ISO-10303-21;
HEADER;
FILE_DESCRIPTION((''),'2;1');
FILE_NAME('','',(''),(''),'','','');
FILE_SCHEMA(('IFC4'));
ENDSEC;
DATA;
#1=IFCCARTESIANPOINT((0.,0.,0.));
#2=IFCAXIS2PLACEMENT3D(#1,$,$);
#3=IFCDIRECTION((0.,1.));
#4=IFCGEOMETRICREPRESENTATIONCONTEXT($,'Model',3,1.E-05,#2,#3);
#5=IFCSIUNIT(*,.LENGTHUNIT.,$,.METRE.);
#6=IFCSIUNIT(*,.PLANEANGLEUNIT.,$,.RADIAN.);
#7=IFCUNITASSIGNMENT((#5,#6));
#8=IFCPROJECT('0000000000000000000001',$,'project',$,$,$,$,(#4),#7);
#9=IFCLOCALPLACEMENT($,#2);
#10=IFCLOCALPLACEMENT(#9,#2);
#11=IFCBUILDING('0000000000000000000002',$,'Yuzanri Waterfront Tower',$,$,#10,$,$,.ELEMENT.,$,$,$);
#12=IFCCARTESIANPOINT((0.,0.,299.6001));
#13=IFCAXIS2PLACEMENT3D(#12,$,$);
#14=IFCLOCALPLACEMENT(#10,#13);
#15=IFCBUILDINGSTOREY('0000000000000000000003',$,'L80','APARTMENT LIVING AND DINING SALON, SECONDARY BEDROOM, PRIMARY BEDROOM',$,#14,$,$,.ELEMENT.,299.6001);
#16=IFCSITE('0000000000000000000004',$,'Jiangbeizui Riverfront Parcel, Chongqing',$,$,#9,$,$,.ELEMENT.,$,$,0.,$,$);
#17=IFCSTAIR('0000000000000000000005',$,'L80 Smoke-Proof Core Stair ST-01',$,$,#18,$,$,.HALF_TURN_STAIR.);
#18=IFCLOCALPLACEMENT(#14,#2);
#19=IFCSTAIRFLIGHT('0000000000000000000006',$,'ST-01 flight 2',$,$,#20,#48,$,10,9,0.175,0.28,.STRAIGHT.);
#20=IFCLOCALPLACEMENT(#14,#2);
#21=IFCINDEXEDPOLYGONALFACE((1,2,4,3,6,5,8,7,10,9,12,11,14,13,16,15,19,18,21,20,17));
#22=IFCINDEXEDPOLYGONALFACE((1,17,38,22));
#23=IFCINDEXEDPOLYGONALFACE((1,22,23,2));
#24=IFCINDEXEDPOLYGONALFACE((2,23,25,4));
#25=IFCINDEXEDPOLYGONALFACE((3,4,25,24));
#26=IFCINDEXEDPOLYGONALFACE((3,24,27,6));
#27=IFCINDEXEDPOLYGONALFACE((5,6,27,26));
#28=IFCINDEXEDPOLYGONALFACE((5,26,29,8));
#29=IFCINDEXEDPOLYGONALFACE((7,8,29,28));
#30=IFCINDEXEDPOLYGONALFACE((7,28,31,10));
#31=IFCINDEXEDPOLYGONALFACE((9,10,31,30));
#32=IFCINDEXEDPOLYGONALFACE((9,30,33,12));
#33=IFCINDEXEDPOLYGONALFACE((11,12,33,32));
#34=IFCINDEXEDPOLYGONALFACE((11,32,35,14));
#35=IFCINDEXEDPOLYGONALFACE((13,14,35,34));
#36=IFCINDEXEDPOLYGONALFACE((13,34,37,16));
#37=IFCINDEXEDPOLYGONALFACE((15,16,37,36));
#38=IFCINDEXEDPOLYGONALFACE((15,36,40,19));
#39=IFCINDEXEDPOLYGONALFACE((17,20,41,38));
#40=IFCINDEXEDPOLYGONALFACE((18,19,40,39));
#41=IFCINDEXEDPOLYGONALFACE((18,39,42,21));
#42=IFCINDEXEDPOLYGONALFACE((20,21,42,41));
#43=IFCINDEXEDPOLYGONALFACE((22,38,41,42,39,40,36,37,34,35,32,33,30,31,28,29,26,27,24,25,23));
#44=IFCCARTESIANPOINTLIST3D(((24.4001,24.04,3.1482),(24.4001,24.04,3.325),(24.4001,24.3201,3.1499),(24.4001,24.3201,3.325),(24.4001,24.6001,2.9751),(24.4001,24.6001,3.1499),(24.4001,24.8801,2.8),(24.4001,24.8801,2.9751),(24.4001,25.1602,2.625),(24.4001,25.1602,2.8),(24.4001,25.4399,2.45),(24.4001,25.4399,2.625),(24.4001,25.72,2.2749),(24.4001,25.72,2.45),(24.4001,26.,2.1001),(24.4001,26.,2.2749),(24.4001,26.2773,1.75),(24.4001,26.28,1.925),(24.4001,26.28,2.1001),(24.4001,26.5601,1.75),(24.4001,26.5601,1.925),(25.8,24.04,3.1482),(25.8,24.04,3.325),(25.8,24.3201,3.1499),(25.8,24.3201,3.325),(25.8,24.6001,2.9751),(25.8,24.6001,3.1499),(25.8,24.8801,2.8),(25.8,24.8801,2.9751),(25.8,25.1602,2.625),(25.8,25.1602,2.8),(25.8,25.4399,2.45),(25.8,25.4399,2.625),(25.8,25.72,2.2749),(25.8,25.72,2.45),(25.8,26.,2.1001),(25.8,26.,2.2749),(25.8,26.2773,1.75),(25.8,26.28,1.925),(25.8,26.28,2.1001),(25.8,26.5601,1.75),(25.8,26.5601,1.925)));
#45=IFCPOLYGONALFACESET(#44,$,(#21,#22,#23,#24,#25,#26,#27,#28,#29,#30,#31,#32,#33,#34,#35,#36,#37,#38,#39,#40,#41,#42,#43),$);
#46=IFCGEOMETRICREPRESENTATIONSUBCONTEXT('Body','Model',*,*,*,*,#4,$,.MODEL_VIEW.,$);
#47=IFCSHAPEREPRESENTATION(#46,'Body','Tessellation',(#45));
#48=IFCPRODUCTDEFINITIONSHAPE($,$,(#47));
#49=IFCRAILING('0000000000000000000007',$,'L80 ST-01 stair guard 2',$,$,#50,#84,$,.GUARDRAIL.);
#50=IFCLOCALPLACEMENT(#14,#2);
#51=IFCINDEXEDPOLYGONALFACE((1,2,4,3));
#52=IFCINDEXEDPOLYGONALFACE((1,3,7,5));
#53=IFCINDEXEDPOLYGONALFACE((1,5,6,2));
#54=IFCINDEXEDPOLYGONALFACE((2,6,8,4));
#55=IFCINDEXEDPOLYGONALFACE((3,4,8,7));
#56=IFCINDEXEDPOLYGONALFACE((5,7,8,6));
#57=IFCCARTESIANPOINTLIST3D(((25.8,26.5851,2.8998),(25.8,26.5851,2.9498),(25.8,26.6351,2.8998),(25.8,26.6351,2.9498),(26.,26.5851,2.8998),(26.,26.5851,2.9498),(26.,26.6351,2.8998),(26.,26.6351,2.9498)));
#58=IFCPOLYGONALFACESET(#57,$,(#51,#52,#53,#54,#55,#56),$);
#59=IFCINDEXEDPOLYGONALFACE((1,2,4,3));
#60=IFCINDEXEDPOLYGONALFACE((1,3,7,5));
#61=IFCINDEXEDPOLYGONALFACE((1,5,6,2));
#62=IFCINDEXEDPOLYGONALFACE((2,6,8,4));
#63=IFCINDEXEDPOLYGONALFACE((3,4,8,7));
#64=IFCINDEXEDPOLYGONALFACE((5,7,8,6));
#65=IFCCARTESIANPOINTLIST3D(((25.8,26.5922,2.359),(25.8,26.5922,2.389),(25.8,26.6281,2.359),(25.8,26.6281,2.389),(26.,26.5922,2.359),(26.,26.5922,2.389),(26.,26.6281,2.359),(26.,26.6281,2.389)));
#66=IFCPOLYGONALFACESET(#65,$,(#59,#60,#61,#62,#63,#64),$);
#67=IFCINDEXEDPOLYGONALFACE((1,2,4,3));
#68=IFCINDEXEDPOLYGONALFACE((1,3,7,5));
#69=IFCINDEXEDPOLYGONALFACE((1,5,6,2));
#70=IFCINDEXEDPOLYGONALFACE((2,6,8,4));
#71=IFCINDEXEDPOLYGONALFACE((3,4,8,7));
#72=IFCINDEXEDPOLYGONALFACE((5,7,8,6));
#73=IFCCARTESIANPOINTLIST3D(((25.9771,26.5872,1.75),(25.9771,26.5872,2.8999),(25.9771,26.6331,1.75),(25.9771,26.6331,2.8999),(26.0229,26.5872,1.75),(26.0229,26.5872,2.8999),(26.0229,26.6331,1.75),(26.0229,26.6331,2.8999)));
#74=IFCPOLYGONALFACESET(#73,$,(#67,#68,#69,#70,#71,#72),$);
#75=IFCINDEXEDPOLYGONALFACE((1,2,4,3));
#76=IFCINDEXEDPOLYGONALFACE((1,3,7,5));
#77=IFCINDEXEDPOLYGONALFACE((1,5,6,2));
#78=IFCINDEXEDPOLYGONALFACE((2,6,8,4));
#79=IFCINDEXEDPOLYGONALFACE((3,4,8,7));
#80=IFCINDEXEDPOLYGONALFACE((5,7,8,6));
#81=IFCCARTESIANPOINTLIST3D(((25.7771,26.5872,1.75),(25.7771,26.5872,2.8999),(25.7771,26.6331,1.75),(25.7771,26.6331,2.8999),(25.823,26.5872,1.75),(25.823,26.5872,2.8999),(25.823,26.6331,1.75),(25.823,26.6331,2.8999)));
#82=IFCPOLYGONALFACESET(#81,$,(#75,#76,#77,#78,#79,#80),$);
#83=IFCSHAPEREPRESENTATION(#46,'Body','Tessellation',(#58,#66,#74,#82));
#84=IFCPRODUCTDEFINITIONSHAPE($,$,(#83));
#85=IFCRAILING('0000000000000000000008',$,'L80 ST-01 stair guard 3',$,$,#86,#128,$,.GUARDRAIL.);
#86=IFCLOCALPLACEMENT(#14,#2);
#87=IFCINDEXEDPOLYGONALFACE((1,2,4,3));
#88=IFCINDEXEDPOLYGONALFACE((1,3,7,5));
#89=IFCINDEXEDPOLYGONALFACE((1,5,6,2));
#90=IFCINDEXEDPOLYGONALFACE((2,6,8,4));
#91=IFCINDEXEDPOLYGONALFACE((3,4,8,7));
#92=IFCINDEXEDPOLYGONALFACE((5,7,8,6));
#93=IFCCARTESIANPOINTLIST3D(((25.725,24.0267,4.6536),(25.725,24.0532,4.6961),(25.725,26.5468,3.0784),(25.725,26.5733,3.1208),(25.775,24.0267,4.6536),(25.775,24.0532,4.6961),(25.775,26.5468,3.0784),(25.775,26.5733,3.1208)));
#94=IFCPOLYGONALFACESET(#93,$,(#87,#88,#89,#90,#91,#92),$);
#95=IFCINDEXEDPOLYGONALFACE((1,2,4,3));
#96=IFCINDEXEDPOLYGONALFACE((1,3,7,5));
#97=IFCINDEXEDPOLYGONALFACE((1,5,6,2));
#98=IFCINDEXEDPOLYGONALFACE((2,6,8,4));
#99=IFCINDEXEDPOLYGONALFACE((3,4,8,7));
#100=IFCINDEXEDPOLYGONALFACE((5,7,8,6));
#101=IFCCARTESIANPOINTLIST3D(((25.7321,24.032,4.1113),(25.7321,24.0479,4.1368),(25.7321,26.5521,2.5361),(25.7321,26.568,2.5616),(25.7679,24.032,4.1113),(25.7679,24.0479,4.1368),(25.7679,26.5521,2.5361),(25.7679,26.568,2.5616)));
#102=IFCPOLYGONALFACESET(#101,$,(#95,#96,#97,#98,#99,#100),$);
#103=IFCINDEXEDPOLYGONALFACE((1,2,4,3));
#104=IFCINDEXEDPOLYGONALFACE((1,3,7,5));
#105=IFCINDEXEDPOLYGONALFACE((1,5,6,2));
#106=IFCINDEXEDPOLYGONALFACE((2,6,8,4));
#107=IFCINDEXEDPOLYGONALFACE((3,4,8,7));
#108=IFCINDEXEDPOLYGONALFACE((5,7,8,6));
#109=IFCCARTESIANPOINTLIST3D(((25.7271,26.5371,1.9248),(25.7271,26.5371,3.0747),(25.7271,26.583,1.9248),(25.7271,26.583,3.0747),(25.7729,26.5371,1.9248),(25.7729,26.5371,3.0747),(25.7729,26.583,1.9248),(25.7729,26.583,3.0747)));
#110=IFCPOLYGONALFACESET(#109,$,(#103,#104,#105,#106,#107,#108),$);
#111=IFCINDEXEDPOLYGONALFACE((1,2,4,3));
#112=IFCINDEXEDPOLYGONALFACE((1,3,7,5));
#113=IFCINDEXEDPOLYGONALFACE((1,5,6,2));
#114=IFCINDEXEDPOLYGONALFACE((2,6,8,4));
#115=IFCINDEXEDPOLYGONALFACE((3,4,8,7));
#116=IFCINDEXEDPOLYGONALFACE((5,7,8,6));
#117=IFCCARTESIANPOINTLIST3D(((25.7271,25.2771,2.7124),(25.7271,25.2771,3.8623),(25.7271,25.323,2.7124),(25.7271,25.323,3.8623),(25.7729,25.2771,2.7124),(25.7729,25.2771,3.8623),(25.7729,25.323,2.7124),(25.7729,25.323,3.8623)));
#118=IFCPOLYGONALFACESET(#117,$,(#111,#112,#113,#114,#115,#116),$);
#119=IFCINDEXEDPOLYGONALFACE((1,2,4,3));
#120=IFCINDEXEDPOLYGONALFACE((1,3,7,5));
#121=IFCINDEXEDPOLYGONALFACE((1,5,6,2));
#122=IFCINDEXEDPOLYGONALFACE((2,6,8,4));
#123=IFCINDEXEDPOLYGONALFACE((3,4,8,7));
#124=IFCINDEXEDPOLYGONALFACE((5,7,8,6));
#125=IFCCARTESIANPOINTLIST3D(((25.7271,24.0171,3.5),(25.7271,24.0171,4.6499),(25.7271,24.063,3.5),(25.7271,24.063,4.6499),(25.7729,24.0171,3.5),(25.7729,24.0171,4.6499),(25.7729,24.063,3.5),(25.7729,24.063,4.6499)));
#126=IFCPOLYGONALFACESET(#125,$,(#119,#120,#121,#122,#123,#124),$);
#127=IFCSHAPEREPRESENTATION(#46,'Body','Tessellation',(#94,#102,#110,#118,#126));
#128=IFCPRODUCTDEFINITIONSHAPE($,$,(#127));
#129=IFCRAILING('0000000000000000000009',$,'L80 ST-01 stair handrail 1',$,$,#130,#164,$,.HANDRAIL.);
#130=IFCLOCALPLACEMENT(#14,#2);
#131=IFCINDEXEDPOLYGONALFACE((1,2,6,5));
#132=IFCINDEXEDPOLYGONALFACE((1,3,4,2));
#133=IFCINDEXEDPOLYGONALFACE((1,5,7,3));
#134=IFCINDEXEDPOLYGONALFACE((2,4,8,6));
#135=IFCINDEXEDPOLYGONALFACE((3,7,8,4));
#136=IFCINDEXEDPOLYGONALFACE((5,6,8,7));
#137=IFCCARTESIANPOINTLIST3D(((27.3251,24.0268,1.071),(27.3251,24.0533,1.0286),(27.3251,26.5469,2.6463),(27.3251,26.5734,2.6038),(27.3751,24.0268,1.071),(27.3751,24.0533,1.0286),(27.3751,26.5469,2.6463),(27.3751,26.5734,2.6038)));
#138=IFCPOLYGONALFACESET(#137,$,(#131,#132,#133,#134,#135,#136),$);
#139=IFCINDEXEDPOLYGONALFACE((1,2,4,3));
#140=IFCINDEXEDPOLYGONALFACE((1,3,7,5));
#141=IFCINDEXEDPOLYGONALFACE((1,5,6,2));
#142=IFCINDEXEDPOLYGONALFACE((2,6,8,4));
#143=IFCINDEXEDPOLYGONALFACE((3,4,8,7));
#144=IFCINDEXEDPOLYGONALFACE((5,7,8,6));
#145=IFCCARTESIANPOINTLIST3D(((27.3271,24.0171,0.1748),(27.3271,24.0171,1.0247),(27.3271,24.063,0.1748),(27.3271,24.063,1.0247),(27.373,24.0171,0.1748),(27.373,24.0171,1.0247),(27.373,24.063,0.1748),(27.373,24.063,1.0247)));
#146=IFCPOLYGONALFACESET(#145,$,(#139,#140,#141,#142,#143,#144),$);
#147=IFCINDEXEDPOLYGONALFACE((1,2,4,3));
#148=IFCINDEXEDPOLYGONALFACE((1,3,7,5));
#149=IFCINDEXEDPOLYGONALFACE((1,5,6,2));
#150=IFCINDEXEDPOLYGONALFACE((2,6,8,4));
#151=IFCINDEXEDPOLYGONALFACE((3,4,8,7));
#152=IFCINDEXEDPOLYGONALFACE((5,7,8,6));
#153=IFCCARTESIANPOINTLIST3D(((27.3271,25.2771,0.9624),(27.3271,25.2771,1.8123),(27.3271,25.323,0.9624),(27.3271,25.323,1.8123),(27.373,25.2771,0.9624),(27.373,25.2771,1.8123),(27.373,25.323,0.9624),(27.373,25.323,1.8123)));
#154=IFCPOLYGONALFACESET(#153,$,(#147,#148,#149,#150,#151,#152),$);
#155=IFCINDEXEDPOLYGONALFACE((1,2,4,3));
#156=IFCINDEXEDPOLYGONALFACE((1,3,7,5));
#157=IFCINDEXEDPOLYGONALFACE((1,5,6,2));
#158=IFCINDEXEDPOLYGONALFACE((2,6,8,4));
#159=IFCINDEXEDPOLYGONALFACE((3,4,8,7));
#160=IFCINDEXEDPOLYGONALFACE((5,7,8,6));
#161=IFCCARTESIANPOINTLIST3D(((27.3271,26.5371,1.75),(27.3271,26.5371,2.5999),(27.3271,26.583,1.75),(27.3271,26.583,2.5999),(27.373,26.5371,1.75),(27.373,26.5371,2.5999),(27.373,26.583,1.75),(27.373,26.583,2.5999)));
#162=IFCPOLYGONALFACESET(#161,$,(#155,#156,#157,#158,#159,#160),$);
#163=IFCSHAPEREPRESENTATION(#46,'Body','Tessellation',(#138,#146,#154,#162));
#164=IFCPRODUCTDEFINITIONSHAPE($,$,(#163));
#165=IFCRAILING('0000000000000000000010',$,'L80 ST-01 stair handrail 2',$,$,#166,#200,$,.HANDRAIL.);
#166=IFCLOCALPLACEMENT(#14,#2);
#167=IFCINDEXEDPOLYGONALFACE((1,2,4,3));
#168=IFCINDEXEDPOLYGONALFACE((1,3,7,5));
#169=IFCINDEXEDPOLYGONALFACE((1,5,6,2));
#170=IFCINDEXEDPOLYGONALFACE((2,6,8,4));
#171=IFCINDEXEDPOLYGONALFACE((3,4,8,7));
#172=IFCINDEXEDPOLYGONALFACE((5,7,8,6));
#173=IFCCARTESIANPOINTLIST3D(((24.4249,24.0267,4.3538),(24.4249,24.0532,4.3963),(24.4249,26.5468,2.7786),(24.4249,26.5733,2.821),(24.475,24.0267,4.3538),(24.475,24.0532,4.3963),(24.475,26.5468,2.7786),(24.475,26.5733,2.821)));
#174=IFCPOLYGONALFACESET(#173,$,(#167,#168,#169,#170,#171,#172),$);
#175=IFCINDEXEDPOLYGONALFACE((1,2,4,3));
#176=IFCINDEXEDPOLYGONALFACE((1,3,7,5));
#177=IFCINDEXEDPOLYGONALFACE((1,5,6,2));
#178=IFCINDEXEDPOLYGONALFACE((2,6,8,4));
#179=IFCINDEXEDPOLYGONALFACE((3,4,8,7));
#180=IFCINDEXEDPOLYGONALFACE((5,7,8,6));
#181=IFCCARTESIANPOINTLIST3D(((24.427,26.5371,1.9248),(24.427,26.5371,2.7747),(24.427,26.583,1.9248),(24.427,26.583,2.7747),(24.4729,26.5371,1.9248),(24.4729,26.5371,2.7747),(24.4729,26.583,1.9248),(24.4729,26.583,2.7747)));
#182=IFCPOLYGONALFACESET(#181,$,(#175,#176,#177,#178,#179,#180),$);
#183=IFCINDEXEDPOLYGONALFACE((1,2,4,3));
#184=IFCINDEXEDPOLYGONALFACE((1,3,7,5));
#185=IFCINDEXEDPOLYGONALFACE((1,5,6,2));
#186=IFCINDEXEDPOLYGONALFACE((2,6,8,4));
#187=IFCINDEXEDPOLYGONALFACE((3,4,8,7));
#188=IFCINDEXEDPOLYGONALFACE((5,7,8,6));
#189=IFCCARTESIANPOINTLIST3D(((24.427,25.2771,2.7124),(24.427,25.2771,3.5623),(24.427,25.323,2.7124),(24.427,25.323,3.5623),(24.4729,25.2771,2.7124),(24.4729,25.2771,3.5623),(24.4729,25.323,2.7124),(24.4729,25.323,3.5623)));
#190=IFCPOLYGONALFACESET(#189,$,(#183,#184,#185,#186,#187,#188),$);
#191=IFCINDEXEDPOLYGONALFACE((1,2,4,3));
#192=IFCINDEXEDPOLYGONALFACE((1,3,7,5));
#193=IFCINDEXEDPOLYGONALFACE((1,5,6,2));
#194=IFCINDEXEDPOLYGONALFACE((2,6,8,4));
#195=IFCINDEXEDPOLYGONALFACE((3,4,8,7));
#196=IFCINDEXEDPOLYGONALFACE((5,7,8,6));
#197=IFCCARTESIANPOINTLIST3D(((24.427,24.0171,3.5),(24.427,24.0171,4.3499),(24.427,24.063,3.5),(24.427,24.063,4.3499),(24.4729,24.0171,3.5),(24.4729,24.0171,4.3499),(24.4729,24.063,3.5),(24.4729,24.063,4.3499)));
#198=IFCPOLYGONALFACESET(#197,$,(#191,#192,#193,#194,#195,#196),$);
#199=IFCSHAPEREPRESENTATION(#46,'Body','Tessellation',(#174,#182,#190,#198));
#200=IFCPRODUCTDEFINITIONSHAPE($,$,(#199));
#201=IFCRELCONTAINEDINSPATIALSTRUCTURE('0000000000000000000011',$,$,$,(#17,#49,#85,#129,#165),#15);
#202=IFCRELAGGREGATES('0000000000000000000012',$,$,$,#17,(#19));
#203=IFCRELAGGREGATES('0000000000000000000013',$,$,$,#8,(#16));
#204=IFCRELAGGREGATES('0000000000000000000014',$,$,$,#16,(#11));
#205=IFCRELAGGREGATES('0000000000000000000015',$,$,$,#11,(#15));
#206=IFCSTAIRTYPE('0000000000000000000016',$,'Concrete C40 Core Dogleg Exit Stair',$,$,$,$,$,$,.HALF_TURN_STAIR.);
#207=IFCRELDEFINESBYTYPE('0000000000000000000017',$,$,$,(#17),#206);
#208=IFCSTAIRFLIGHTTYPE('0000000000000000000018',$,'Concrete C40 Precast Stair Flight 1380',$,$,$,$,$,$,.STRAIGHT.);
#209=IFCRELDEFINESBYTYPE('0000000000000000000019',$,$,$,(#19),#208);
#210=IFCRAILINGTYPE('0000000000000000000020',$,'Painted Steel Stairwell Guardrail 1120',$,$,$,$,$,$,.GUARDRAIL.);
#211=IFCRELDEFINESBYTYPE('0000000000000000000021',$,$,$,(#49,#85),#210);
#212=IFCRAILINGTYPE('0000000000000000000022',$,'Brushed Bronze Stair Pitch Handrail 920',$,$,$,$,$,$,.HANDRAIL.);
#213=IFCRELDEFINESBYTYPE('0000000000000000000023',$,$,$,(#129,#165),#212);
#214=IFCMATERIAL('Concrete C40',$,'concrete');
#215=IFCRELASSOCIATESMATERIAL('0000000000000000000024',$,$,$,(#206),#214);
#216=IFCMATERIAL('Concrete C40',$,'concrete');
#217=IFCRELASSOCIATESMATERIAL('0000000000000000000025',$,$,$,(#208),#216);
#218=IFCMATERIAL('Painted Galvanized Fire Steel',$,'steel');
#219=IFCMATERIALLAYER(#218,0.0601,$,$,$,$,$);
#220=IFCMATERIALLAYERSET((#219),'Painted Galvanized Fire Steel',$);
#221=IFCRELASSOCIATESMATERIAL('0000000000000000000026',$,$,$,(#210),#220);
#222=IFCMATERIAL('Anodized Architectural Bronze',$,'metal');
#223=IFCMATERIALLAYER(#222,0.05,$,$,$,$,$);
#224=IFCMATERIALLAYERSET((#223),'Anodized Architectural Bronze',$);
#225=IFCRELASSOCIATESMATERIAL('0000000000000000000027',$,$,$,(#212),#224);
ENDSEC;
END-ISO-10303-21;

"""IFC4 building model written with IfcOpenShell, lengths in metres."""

from ifc_helpers import new_model, si_unit, direction, frame, origin, origin_2d, place, context, subcontext, project, spatial, polyline, rectangle, outline, extrude, source, transform, mapped, material, layer, layer_set, type_object, element, aggregate, save


model = new_model("IFC4")

# Units and contexts
model_context = context("Model", 3, precision=1e-05, world=origin(), true_north=direction((0.0, 1.0)))
body_context = subcontext(model_context, "Body", "Model", "MODEL_VIEW")
ifc_project = project(units=[si_unit("LENGTHUNIT", "METRE"), si_unit("PLANEANGLEUNIT", "RADIAN")], contexts=[model_context])

# Site, building, storey
site_placement = place(None, origin())
site = spatial("IfcSite", under=ifc_project, at=site_placement, Name="Jiangbeizui Riverfront Parcel, Chongqing", CompositionType="ELEMENT", RefElevation=0.0)
building_placement = place(site_placement, origin())
building = spatial("IfcBuilding", under=site, at=building_placement, Name="Yuzanri Waterfront Tower", CompositionType="ELEMENT")
storey_placement = place(building_placement, frame((0.0, 0.0, 299.6001)))
storey = spatial("IfcBuildingStorey", under=building, at=storey_placement, Name="L80", Description="APARTMENT LIVING AND DINING SALON, SECONDARY BEDROOM, PRIMARY BEDROOM", CompositionType="ELEMENT", Elevation=299.6001)

# Stair, stair flight
ifc_material_1 = material(Name="Concrete C40", Category="concrete")
stair_type = type_object("IfcStairType", Name="Concrete C40 Core Dogleg Exit Stair", PredefinedType="HALF_TURN_STAIR", material=ifc_material_1)
stair_placement = place(storey_placement, origin())
stair = element("IfcStair", 1, at=stair_placement, inside=storey, type_object=stair_type, Name="L80 Smoke-Proof Core Stair ST-01", PredefinedType="HALF_TURN_STAIR")
ifc_material_2 = material(Name="Concrete C40", Category="concrete")
stair_flight_type = type_object("IfcStairFlightType", Name="Concrete C40 Precast Stair Flight 1380", PredefinedType="STRAIGHT", material=ifc_material_2)
shared_shape_1 = source(origin(), body_context, "Body", "SweptSolid", [
    extrude(outline(polyline([(0.0, 0.0), (0.0, 0.175), (0.28, 0.175), (0.28, 0.3501), (0.5601, 0.3501), (0.5601, 0.5249), (0.8401, 0.5249), (0.8401, 0.7), (1.1201, 0.7), (1.1201, 0.875), (1.3999, 0.875), (1.3999, 1.05), (1.6799, 1.05), (1.6799, 1.2251), (1.96, 1.2251), (1.96, 1.3999), (2.24, 1.3999), (2.24, 1.575), (2.52, 1.575), (2.52, 1.75), (2.52, 1.3982), (0.2827, 0.0), (0.0, 0.0)])), frame((0.0, 0.7, 0.0), z_axis=(0.0, -1.0, 0.0), x_axis=(1.0, 0.0, 0.0)), (0.0, 0.0, 1.0), 1.3999),
])
stair_flight_placement = place(storey_placement, frame((25.1001, 26.5601, 1.75), z_axis=(0.0, 0.0, 1.0), x_axis=(0.0, -1.0, 0.0)))
stair_flight = element("IfcStairFlight", 2, at=stair_flight_placement, type_object=stair_flight_type, Name="ST-01 flight 2", NumberOfRisers=10, NumberOfTreads=9, PredefinedType="STRAIGHT", RiserHeight=0.175, TreadLength=0.28, context=body_context, shape_type="MappedRepresentation", body=[
    mapped(shared_shape_1, transform((0.0, 0.0, 0.0), scale=1.0)),
])
aggregate(stair, [stair_flight])

# Railings
ifc_material_3 = material(Name="Painted Galvanized Fire Steel", Category="steel")
ifc_layer_1 = layer(ifc_material_3, 0.0601)
ifc_layer_set_1 = layer_set([ifc_layer_1], Name="Painted Galvanized Fire Steel")
railing_type_1 = type_object("IfcRailingType", Name="Painted Steel Stairwell Guardrail 1120", PredefinedType="GUARDRAIL", material=ifc_layer_set_1)
shared_shape_2 = source(origin(), body_context, "Body", "SweptSolid", [
    extrude(rectangle(XDim=0.05, YDim=0.05, at=origin_2d()), frame((0.0, 0.0, 1.1748), z_axis=(-1.0, 0.0, 0.0), x_axis=(0.0, -1.0, 0.0)), (0.0, 0.0, 1.0), 0.2),
    extrude(rectangle(XDim=0.0359, YDim=0.03, at=origin_2d()), frame((0.0, 0.0, 0.624), z_axis=(-1.0, 0.0, 0.0), x_axis=(0.0, -1.0, 0.0)), (0.0, 0.0, 1.0), 0.2),
    extrude(rectangle(XDim=0.0459, YDim=0.0459, at=origin_2d()), origin(), (0.0, 0.0, 1.0), 1.1499),
    extrude(rectangle(XDim=0.0459, YDim=0.0459, at=origin_2d()), frame((-0.2, 0.0, 0.0)), (0.0, 0.0, 1.0), 1.1499),
])
railing_1_placement = place(storey_placement, frame((26.0, 26.6101, 1.75)))
element("IfcRailing", 3, at=railing_1_placement, inside=storey, type_object=railing_type_1, Name="L80 ST-01 stair guard 2", PredefinedType="GUARDRAIL", context=body_context, shape_type="MappedRepresentation", body=[
    mapped(shared_shape_2, transform((0.0, 0.0, 0.0), scale=1.0)),
])
shared_shape_3 = source(origin(), body_context, "Body", "SweptSolid", [
    extrude(rectangle(XDim=0.05, YDim=0.05, at=origin_2d()), frame((0.0, 0.0, 1.1748), z_axis=(0.0, -0.847971, 0.530043), x_axis=(1.0, 0.0, 0.0)), (0.0, 0.0, 1.0), 2.9719),
    extrude(rectangle(XDim=0.0359, YDim=0.03, at=origin_2d()), frame((0.0, 0.0, 0.624), z_axis=(0.0, -0.847971, 0.530043), x_axis=(1.0, 0.0, 0.0)), (0.0, 0.0, 1.0), 2.9719),
    extrude(rectangle(XDim=0.0459, YDim=0.0459, at=origin_2d()), origin(), (0.0, 0.0, 1.0), 1.1499),
    extrude(rectangle(XDim=0.0459, YDim=0.0459, at=origin_2d()), frame((0.0, -1.26, 0.7876)), (0.0, 0.0, 1.0), 1.1499),
    extrude(rectangle(XDim=0.0459, YDim=0.0459, at=origin_2d()), frame((0.0, -2.52, 1.5752)), (0.0, 0.0, 1.0), 1.1499),
])
railing_2_placement = place(storey_placement, frame((25.75, 26.5601, 1.9248)))
element("IfcRailing", 4, at=railing_2_placement, inside=storey, type_object=railing_type_1, Name="L80 ST-01 stair guard 3", PredefinedType="GUARDRAIL", context=body_context, shape_type="MappedRepresentation", body=[
    mapped(shared_shape_3, transform((0.0, 0.0, 0.0), scale=1.0)),
])
ifc_material_4 = material(Name="Anodized Architectural Bronze", Category="metal")
ifc_layer_2 = layer(ifc_material_4, 0.05)
ifc_layer_set_2 = layer_set([ifc_layer_2], Name="Anodized Architectural Bronze")
railing_type_2 = type_object("IfcRailingType", Name="Brushed Bronze Stair Pitch Handrail 920", PredefinedType="HANDRAIL", material=ifc_layer_set_2)
shared_shape_4 = source(origin(), body_context, "Body", "SweptSolid", [
    extrude(rectangle(XDim=0.05, YDim=0.05, at=origin_2d()), frame((0.0, 0.0, 0.875), z_axis=(0.0, 0.847971, 0.530043), x_axis=(-1.0, 0.0, 0.0)), (0.0, 0.0, 1.0), 2.9719),
    extrude(rectangle(XDim=0.0459, YDim=0.0459, at=origin_2d()), origin(), (0.0, 0.0, 1.0), 0.8499),
    extrude(rectangle(XDim=0.0459, YDim=0.0459, at=origin_2d()), frame((0.0, 1.26, 0.7876)), (0.0, 0.0, 1.0), 0.8499),
    extrude(rectangle(XDim=0.0459, YDim=0.0459, at=origin_2d()), frame((0.0, 2.52, 1.5752)), (0.0, 0.0, 1.0), 0.8499),
])
railing_3_placement = place(storey_placement, frame((27.3501, 24.04, 0.1748)))
element("IfcRailing", 5, at=railing_3_placement, inside=storey, type_object=railing_type_2, Name="L80 ST-01 stair handrail 1", PredefinedType="HANDRAIL", context=body_context, shape_type="MappedRepresentation", body=[
    mapped(shared_shape_4, transform((0.0, 0.0, 0.0), scale=1.0)),
])
shared_shape_5 = source(origin(), body_context, "Body", "SweptSolid", [
    extrude(rectangle(XDim=0.05, YDim=0.05, at=origin_2d()), frame((0.0, 0.0, 0.875), z_axis=(0.0, -0.847971, 0.530043), x_axis=(1.0, 0.0, 0.0)), (0.0, 0.0, 1.0), 2.9719),
    extrude(rectangle(XDim=0.0459, YDim=0.0459, at=origin_2d()), origin(), (0.0, 0.0, 1.0), 0.8499),
    extrude(rectangle(XDim=0.0459, YDim=0.0459, at=origin_2d()), frame((0.0, -1.26, 0.7876)), (0.0, 0.0, 1.0), 0.8499),
    extrude(rectangle(XDim=0.0459, YDim=0.0459, at=origin_2d()), frame((0.0, -2.52, 1.5752)), (0.0, 0.0, 1.0), 0.8499),
])
railing_4_placement = place(storey_placement, frame((24.45, 26.5601, 1.9248)))
element("IfcRailing", 6, at=railing_4_placement, inside=storey, type_object=railing_type_2, Name="L80 ST-01 stair handrail 2", PredefinedType="HANDRAIL", context=body_context, shape_type="MappedRepresentation", body=[
    mapped(shared_shape_5, transform((0.0, 0.0, 0.0), scale=1.0)),
])

save(model, "model.ifc")
